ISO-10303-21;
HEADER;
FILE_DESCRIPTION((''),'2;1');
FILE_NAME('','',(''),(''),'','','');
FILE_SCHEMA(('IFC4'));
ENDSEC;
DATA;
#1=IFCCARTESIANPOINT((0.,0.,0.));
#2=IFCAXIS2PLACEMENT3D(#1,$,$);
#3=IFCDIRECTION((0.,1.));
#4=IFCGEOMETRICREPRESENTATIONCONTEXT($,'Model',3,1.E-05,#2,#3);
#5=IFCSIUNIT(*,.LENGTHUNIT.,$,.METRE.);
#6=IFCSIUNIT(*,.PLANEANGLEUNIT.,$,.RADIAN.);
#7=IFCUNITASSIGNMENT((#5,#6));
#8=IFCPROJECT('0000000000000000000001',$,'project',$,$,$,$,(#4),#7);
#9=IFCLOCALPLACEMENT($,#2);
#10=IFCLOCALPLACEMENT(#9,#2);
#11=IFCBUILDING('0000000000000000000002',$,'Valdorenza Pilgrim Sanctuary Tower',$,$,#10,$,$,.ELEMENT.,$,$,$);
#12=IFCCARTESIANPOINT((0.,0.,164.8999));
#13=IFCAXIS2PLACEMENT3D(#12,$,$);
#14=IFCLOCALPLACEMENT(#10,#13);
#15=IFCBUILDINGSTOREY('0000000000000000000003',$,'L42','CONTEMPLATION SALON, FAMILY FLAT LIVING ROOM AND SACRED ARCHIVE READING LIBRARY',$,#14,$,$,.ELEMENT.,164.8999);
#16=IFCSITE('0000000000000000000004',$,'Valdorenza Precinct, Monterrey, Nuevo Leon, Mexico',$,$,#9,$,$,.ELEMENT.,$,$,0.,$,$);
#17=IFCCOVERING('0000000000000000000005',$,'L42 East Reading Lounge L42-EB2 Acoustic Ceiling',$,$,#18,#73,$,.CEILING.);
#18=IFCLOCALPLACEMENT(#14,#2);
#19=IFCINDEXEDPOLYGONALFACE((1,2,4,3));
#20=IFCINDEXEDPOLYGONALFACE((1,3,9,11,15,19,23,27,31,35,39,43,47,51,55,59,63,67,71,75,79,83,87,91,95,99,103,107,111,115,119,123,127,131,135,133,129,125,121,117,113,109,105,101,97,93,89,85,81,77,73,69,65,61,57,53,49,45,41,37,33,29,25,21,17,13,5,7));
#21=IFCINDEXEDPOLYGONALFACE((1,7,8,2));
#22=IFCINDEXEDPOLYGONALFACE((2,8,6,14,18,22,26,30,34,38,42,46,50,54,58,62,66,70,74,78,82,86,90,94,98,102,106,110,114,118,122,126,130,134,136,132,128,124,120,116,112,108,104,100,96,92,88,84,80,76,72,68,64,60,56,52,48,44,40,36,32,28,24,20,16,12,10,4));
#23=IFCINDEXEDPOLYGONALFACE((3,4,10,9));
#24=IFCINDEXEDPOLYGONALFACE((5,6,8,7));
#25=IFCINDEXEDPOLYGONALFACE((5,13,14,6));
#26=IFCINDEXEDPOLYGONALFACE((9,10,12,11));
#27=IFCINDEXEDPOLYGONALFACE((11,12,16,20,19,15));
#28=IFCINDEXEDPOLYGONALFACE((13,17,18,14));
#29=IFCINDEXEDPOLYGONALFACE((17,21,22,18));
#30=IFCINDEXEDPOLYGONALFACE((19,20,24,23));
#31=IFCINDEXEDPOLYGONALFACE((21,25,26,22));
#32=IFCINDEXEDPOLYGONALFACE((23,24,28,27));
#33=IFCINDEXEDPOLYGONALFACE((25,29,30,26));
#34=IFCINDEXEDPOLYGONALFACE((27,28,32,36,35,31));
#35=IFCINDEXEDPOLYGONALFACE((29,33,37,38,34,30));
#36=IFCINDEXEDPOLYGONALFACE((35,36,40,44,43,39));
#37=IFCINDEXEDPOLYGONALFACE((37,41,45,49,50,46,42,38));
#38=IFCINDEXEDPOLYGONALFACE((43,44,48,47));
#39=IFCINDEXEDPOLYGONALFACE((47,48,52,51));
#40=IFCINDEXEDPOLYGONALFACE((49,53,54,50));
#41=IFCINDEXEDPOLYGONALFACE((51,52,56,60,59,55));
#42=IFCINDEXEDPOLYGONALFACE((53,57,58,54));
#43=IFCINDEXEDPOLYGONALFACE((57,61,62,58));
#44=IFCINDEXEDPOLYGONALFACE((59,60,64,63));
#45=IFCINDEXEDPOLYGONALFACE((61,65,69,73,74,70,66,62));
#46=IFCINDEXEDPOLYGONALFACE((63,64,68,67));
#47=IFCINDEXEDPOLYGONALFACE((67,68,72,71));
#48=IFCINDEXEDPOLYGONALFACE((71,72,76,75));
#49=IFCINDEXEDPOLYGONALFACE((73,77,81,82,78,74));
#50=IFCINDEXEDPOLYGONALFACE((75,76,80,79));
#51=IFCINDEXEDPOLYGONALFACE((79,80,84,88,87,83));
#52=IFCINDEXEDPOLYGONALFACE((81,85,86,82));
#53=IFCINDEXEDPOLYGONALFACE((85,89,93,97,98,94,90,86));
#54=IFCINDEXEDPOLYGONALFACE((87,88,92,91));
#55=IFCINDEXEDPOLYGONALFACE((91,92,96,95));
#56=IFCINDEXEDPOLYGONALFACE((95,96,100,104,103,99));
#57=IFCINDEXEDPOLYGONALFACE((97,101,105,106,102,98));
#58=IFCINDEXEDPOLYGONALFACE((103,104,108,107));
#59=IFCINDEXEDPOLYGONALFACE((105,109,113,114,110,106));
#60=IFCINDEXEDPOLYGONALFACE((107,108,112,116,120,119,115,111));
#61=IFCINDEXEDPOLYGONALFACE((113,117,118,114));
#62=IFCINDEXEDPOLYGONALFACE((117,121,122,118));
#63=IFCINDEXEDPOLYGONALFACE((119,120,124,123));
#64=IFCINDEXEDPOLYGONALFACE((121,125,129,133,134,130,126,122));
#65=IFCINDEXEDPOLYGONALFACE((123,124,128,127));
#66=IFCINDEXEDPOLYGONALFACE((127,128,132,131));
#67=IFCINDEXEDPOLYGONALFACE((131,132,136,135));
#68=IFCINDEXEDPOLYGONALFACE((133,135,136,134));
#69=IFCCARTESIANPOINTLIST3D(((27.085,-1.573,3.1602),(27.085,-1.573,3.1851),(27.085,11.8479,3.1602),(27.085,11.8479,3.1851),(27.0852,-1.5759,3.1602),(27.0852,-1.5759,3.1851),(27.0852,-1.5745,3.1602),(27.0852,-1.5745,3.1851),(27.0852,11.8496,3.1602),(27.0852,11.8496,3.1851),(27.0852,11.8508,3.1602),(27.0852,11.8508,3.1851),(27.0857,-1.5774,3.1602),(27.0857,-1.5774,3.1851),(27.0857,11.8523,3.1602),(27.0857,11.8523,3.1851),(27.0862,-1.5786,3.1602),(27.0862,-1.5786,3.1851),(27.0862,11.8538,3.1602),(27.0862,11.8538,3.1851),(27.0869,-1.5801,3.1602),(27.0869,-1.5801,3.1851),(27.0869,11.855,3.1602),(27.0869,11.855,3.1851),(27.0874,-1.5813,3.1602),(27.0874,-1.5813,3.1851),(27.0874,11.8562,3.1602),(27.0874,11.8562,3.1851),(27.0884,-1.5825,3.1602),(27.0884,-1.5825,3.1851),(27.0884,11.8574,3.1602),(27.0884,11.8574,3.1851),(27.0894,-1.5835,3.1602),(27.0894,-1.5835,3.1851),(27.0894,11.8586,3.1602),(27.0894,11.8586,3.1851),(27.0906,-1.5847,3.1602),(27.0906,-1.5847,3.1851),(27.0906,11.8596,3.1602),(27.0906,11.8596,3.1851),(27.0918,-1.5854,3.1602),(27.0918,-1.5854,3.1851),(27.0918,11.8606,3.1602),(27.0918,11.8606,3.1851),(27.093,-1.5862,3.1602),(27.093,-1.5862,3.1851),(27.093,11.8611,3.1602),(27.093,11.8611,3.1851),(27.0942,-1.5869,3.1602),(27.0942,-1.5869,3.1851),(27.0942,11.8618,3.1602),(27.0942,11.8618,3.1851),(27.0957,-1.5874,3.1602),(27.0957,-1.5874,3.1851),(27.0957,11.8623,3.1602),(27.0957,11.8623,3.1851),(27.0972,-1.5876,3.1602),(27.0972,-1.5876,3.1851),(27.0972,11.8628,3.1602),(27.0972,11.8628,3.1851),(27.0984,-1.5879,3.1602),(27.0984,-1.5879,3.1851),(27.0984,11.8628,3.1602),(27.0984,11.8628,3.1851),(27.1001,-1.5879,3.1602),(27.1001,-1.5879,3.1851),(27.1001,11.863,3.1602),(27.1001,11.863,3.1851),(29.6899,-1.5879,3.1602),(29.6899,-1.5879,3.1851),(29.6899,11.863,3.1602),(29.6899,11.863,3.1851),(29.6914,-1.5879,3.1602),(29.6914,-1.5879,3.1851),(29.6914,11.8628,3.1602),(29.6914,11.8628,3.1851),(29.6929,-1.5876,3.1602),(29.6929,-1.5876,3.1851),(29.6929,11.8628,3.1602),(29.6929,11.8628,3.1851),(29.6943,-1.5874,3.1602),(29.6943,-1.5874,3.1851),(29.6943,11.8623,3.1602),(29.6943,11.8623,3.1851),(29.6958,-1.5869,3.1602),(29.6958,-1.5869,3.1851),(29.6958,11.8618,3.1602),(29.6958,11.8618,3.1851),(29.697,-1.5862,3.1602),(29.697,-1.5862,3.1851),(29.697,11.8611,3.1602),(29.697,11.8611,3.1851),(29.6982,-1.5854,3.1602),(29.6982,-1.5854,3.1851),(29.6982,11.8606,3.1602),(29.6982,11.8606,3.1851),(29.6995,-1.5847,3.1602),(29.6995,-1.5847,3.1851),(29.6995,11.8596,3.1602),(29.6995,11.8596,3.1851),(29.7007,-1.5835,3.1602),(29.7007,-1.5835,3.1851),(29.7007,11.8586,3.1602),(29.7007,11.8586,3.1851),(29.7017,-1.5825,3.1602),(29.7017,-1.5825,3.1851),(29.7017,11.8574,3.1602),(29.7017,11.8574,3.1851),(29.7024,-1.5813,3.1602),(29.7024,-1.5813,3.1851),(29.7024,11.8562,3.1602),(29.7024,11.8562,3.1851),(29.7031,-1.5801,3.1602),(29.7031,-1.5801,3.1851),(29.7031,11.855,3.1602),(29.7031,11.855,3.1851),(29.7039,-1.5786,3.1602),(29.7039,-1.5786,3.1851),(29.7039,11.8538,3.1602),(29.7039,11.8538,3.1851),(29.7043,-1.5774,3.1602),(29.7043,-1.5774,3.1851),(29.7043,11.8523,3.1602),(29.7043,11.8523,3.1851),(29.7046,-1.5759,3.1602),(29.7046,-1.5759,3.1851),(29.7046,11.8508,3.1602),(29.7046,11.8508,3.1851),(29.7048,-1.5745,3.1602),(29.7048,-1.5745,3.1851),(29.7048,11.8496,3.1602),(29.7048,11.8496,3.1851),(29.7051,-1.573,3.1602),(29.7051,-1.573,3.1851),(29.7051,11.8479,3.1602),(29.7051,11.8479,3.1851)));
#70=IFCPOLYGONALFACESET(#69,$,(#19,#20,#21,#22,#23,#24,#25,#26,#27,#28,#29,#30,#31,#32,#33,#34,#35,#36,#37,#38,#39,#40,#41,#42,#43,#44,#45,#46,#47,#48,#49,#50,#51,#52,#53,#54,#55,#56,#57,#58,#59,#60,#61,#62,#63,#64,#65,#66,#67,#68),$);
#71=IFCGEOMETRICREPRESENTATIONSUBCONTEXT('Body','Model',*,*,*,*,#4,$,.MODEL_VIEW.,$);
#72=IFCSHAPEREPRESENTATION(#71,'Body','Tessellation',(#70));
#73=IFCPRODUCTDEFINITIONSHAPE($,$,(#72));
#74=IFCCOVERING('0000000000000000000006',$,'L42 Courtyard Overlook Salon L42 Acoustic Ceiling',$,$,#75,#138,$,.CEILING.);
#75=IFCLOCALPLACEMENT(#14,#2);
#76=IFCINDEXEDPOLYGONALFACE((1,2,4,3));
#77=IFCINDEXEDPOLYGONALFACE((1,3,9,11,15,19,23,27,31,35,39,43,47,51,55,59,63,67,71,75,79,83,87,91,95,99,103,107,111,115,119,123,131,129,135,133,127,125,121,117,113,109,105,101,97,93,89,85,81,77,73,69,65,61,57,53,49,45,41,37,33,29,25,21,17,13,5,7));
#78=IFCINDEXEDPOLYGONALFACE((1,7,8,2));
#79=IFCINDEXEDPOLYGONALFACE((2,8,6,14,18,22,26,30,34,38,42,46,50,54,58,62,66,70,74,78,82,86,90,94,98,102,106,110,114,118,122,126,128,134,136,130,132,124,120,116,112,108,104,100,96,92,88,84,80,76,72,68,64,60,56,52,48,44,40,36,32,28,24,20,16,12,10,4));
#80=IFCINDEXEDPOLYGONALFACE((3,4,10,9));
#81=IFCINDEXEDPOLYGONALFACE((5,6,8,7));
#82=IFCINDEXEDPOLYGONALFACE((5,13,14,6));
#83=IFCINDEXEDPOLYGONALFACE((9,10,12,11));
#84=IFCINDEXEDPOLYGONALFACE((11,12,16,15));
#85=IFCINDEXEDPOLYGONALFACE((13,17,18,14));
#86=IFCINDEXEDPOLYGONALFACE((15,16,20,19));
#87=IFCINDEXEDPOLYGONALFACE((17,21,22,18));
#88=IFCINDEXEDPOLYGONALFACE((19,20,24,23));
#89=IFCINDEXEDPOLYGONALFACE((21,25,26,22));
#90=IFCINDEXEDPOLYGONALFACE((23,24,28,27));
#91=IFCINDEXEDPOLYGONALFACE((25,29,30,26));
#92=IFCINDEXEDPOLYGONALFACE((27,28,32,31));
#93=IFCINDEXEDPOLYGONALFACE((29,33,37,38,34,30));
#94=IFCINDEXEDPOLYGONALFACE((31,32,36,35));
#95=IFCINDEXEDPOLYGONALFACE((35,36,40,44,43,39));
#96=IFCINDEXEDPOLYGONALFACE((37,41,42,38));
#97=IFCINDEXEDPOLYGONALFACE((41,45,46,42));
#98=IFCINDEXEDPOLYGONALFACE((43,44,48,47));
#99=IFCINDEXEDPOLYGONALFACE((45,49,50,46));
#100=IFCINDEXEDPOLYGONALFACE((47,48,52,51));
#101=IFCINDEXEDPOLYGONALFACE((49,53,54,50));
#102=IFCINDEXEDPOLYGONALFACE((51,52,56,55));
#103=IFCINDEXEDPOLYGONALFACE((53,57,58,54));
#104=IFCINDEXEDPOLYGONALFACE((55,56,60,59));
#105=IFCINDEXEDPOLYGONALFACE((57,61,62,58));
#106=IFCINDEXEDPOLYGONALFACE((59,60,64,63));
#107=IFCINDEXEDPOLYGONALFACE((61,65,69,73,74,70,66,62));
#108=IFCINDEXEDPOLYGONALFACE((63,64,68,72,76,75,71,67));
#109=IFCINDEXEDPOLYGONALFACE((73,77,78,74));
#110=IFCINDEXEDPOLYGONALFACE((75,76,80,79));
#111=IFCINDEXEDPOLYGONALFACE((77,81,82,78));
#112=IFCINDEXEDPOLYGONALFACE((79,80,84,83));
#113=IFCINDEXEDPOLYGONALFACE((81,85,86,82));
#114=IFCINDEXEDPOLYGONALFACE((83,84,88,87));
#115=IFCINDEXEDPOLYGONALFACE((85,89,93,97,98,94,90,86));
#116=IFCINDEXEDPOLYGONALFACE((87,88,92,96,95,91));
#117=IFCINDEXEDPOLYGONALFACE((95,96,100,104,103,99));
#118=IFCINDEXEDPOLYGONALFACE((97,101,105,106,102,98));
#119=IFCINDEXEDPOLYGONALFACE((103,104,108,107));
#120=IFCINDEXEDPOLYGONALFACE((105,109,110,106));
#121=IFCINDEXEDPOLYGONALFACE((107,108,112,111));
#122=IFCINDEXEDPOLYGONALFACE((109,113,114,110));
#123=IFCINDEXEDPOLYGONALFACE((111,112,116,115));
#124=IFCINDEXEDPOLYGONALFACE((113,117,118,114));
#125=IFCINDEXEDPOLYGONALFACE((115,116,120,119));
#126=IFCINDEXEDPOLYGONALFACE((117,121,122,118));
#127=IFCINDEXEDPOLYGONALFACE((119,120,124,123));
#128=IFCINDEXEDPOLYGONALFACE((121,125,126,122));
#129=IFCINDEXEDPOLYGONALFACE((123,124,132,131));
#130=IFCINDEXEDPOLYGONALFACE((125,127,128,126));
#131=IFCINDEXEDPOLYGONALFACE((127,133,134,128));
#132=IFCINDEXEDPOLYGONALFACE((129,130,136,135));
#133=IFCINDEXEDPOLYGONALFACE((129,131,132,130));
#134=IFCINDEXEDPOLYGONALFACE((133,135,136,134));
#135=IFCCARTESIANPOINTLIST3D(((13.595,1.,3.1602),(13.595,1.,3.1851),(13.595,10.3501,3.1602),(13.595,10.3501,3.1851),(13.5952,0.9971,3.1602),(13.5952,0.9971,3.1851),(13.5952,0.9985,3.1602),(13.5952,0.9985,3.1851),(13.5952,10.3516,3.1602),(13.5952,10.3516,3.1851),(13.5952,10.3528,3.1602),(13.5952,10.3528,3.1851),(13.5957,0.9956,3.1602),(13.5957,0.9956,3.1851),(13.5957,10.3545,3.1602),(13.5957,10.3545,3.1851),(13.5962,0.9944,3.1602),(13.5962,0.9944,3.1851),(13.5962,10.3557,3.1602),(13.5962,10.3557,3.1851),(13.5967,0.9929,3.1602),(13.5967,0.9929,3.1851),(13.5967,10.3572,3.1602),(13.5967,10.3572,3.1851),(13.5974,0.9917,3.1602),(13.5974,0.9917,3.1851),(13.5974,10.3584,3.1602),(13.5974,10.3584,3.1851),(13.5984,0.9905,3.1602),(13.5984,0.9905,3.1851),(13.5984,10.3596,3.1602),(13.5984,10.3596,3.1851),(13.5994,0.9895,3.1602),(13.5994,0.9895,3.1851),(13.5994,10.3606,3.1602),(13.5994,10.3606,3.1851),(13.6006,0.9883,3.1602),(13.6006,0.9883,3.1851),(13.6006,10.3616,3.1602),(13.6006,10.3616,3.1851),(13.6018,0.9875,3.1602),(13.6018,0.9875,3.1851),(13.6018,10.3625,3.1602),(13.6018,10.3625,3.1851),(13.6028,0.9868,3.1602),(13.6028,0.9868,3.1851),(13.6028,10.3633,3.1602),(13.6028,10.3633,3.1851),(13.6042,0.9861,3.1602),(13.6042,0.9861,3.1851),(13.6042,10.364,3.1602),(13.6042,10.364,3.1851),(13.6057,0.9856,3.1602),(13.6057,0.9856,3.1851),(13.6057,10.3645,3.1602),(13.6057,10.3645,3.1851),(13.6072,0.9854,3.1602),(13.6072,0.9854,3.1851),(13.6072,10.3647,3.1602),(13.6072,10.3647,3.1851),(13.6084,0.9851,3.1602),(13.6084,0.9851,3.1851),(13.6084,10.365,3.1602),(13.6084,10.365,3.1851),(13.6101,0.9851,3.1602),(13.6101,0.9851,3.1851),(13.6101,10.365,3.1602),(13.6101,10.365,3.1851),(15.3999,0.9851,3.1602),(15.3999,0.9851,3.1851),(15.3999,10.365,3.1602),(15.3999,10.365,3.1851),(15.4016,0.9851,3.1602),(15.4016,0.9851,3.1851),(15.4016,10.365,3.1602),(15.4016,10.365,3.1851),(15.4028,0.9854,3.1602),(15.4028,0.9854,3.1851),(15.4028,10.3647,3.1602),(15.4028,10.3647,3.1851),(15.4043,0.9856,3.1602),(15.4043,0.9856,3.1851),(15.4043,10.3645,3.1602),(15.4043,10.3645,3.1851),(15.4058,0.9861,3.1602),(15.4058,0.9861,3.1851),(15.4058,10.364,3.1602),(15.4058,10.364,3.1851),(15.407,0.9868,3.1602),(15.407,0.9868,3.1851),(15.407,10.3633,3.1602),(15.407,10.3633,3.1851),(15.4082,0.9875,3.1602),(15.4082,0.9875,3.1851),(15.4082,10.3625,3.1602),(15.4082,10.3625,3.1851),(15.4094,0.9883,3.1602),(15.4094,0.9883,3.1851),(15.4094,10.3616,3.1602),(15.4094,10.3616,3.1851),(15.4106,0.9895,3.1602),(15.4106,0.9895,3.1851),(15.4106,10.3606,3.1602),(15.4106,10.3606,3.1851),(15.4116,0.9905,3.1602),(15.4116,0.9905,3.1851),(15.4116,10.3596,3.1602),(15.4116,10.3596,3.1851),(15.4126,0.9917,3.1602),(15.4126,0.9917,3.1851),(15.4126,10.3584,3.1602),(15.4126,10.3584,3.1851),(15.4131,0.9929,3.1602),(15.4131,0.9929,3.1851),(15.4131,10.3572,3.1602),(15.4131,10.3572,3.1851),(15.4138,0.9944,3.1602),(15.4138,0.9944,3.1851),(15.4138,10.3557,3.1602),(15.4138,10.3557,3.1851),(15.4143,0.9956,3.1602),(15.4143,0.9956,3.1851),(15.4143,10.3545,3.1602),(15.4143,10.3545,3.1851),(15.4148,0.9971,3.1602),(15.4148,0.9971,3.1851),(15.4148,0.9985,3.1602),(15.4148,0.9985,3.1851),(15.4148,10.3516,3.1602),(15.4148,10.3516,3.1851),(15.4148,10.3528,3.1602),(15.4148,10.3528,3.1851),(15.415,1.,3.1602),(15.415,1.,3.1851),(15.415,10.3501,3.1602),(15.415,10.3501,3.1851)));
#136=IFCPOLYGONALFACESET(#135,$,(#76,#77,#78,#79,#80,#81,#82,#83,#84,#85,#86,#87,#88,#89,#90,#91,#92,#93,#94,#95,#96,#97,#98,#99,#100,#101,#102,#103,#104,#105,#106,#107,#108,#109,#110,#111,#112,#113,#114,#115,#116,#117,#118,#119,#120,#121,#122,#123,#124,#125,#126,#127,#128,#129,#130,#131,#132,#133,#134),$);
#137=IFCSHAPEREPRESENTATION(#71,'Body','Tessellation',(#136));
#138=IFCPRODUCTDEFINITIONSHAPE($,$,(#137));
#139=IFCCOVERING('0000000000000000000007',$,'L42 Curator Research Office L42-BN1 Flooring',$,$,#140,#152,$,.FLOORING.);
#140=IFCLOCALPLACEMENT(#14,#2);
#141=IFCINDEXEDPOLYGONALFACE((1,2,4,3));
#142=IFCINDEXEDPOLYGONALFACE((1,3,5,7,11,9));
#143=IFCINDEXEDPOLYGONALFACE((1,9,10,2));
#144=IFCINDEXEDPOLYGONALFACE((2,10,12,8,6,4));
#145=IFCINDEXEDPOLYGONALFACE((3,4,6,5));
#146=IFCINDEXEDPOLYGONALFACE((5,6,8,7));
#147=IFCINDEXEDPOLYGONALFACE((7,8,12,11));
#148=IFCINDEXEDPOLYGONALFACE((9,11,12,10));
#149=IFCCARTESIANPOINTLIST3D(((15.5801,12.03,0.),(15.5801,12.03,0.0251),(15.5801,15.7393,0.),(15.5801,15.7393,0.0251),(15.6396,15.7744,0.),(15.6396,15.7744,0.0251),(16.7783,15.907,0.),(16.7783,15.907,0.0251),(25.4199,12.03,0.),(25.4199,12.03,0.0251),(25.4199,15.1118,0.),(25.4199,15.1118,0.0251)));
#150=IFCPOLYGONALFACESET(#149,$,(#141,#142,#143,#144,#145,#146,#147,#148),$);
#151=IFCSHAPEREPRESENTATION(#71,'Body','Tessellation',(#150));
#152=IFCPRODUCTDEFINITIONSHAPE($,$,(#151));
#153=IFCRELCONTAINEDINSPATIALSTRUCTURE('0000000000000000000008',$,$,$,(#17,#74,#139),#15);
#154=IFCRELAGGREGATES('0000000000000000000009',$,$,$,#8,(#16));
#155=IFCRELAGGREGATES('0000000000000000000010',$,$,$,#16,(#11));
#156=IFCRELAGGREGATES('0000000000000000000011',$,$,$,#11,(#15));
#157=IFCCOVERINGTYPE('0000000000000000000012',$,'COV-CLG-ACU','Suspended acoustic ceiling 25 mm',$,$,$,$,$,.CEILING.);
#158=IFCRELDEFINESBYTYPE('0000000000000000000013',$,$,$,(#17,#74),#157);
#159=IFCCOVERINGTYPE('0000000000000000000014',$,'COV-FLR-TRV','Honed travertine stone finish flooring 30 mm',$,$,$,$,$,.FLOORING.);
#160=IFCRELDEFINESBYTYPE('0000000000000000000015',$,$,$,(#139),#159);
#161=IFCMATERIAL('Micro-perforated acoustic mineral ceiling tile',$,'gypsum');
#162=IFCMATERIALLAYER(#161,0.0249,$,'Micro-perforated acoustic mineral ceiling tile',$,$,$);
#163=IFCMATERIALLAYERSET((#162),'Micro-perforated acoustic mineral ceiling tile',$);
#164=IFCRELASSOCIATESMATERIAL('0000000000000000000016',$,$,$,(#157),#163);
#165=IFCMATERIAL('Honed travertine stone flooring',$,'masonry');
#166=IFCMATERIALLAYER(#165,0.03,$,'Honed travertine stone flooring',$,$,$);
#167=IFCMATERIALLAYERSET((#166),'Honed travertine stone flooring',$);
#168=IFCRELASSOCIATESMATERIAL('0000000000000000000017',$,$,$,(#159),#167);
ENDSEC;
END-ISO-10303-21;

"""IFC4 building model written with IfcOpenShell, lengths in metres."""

from ifc_helpers import new_model, si_unit, direction, frame, origin, place, context, subcontext, project, spatial, polyline, outline, extrude, material, layer, layer_set, type_object, element, save


model = new_model("IFC4")

# Units and contexts
model_context = context("Model", 3, precision=1e-05, world=origin(), true_north=direction((0.0, 1.0)))
body_context = subcontext(model_context, "Body", "Model", "MODEL_VIEW")
ifc_project = project(units=[si_unit("LENGTHUNIT", "METRE"), si_unit("PLANEANGLEUNIT", "RADIAN")], contexts=[model_context])

# Site, building, storey
site_placement = place(None, origin())
site = spatial("IfcSite", under=ifc_project, at=site_placement, Name="Valdorenza Precinct, Monterrey, Nuevo Leon, Mexico", CompositionType="ELEMENT", RefElevation=0.0)
building_placement = place(site_placement, origin())
building = spatial("IfcBuilding", under=site, at=building_placement, Name="Valdorenza Pilgrim Sanctuary Tower", CompositionType="ELEMENT")
storey_placement = place(building_placement, frame((0.0, 0.0, 164.8999)))
storey = spatial("IfcBuildingStorey", under=building, at=storey_placement, Name="L42", Description="CONTEMPLATION SALON, FAMILY FLAT LIVING ROOM AND SACRED ARCHIVE READING LIBRARY", CompositionType="ELEMENT", Elevation=164.8999)

# Coverings
ifc_material_1 = material(Name="Micro-perforated acoustic mineral ceiling tile", Category="gypsum")
ifc_layer_1 = layer(ifc_material_1, 0.0249, Name="Micro-perforated acoustic mineral ceiling tile")
ifc_layer_set_1 = layer_set([ifc_layer_1], Name="Micro-perforated acoustic mineral ceiling tile")
covering_type_1 = type_object("IfcCoveringType", Name="COV-CLG-ACU", Description="Suspended acoustic ceiling 25 mm", PredefinedType="CEILING", material=ifc_layer_set_1)
covering_1_placement = place(storey_placement, frame((0.0, 0.0, 3.1602)))
element("IfcCovering", 1, at=covering_1_placement, inside=storey, type_object=covering_type_1, Name="L42 East Reading Lounge L42-EB2 Acoustic Ceiling", PredefinedType="CEILING", context=body_context, shape_type="SweptSolid", body=[
    extrude(outline(polyline([(27.085, 11.8479), (27.0852, 11.8496), (27.0852, 11.8508), (27.0857, 11.8523), (27.0862, 11.8538), (27.0869, 11.855), (27.0874, 11.8562), (27.0884, 11.8574), (27.0894, 11.8586), (27.0906, 11.8596), (27.0918, 11.8606), (27.093, 11.8611), (27.0942, 11.8618), (27.0957, 11.8623), (27.0972, 11.8628), (27.0984, 11.8628), (27.1001, 11.863), (29.6899, 11.863), (29.6914, 11.8628), (29.6929, 11.8628), (29.6943, 11.8623), (29.6958, 11.8618), (29.697, 11.8611), (29.6982, 11.8606), (29.6995, 11.8596), (29.7007, 11.8586), (29.7017, 11.8574), (29.7024, 11.8562), (29.7031, 11.855), (29.7039, 11.8538), (29.7043, 11.8523), (29.7046, 11.8508), (29.7048, 11.8496), (29.7051, 11.8479), (29.7051, -1.573), (29.7048, -1.5745), (29.7046, -1.5759), (29.7043, -1.5774), (29.7039, -1.5786), (29.7031, -1.5801), (29.7024, -1.5813), (29.7017, -1.5825), (29.7007, -1.5835), (29.6995, -1.5847), (29.6982, -1.5854), (29.697, -1.5862), (29.6958, -1.5869), (29.6943, -1.5874), (29.6929, -1.5876), (29.6914, -1.5879), (29.6899, -1.5879), (27.1001, -1.5879), (27.0984, -1.5879), (27.0972, -1.5876), (27.0957, -1.5874), (27.0942, -1.5869), (27.093, -1.5862), (27.0918, -1.5854), (27.0906, -1.5847), (27.0894, -1.5835), (27.0884, -1.5825), (27.0874, -1.5813), (27.0869, -1.5801), (27.0862, -1.5786), (27.0857, -1.5774), (27.0852, -1.5759), (27.0852, -1.5745), (27.085, -1.573), (27.085, 11.8479)])), origin(), (0.0, 0.0, 1.0), 0.0249),
])
covering_2_placement = place(storey_placement, frame((0.0, 0.0, 3.1602)))
element("IfcCovering", 2, at=covering_2_placement, inside=storey, type_object=covering_type_1, Name="L42 Courtyard Overlook Salon L42 Acoustic Ceiling", PredefinedType="CEILING", context=body_context, shape_type="SweptSolid", body=[
    extrude(outline(polyline([(15.415, 1.0), (15.4148, 0.9985), (15.4148, 0.9971), (15.4143, 0.9956), (15.4138, 0.9944), (15.4131, 0.9929), (15.4126, 0.9917), (15.4116, 0.9905), (15.4106, 0.9895), (15.4094, 0.9883), (15.4082, 0.9875), (15.407, 0.9868), (15.4058, 0.9861), (15.4043, 0.9856), (15.4028, 0.9854), (15.4016, 0.9851), (15.3999, 0.9851), (13.6101, 0.9851), (13.6084, 0.9851), (13.6072, 0.9854), (13.6057, 0.9856), (13.6042, 0.9861), (13.6028, 0.9868), (13.6018, 0.9875), (13.6006, 0.9883), (13.5994, 0.9895), (13.5984, 0.9905), (13.5974, 0.9917), (13.5967, 0.9929), (13.5962, 0.9944), (13.5957, 0.9956), (13.5952, 0.9971), (13.5952, 0.9985), (13.595, 1.0), (13.595, 10.3501), (13.5952, 10.3516), (13.5952, 10.3528), (13.5957, 10.3545), (13.5962, 10.3557), (13.5967, 10.3572), (13.5974, 10.3584), (13.5984, 10.3596), (13.5994, 10.3606), (13.6006, 10.3616), (13.6018, 10.3625), (13.6028, 10.3633), (13.6042, 10.364), (13.6057, 10.3645), (13.6072, 10.3647), (13.6084, 10.365), (13.6101, 10.365), (15.3999, 10.365), (15.4016, 10.365), (15.4028, 10.3647), (15.4043, 10.3645), (15.4058, 10.364), (15.407, 10.3633), (15.4082, 10.3625), (15.4094, 10.3616), (15.4106, 10.3606), (15.4116, 10.3596), (15.4126, 10.3584), (15.4131, 10.3572), (15.4138, 10.3557), (15.4143, 10.3545), (15.4148, 10.3528), (15.4148, 10.3516), (15.415, 10.3501), (15.415, 1.0)])), origin(), (0.0, 0.0, 1.0), 0.0249),
])
ifc_material_2 = material(Name="Honed travertine stone flooring", Category="masonry")
ifc_layer_2 = layer(ifc_material_2, 0.03, Name="Honed travertine stone flooring")
ifc_layer_set_2 = layer_set([ifc_layer_2], Name="Honed travertine stone flooring")
covering_type_2 = type_object("IfcCoveringType", Name="COV-FLR-TRV", Description="Honed travertine stone finish flooring 30 mm", PredefinedType="FLOORING", material=ifc_layer_set_2)
covering_3_placement = place(storey_placement, origin())
element("IfcCovering", 3, at=covering_3_placement, inside=storey, type_object=covering_type_2, Name="L42 Curator Research Office L42-BN1 Flooring", PredefinedType="FLOORING", context=body_context, shape_type="SweptSolid", body=[
    extrude(outline(polyline([(15.5801, 12.03), (15.5801, 15.7393), (15.6396, 15.7744), (16.7783, 15.907), (25.4199, 15.1118), (25.4199, 12.03), (15.5801, 12.03)])), origin(), (0.0, 0.0, 1.0), 0.0251),
])

save(model, "model.ifc")
